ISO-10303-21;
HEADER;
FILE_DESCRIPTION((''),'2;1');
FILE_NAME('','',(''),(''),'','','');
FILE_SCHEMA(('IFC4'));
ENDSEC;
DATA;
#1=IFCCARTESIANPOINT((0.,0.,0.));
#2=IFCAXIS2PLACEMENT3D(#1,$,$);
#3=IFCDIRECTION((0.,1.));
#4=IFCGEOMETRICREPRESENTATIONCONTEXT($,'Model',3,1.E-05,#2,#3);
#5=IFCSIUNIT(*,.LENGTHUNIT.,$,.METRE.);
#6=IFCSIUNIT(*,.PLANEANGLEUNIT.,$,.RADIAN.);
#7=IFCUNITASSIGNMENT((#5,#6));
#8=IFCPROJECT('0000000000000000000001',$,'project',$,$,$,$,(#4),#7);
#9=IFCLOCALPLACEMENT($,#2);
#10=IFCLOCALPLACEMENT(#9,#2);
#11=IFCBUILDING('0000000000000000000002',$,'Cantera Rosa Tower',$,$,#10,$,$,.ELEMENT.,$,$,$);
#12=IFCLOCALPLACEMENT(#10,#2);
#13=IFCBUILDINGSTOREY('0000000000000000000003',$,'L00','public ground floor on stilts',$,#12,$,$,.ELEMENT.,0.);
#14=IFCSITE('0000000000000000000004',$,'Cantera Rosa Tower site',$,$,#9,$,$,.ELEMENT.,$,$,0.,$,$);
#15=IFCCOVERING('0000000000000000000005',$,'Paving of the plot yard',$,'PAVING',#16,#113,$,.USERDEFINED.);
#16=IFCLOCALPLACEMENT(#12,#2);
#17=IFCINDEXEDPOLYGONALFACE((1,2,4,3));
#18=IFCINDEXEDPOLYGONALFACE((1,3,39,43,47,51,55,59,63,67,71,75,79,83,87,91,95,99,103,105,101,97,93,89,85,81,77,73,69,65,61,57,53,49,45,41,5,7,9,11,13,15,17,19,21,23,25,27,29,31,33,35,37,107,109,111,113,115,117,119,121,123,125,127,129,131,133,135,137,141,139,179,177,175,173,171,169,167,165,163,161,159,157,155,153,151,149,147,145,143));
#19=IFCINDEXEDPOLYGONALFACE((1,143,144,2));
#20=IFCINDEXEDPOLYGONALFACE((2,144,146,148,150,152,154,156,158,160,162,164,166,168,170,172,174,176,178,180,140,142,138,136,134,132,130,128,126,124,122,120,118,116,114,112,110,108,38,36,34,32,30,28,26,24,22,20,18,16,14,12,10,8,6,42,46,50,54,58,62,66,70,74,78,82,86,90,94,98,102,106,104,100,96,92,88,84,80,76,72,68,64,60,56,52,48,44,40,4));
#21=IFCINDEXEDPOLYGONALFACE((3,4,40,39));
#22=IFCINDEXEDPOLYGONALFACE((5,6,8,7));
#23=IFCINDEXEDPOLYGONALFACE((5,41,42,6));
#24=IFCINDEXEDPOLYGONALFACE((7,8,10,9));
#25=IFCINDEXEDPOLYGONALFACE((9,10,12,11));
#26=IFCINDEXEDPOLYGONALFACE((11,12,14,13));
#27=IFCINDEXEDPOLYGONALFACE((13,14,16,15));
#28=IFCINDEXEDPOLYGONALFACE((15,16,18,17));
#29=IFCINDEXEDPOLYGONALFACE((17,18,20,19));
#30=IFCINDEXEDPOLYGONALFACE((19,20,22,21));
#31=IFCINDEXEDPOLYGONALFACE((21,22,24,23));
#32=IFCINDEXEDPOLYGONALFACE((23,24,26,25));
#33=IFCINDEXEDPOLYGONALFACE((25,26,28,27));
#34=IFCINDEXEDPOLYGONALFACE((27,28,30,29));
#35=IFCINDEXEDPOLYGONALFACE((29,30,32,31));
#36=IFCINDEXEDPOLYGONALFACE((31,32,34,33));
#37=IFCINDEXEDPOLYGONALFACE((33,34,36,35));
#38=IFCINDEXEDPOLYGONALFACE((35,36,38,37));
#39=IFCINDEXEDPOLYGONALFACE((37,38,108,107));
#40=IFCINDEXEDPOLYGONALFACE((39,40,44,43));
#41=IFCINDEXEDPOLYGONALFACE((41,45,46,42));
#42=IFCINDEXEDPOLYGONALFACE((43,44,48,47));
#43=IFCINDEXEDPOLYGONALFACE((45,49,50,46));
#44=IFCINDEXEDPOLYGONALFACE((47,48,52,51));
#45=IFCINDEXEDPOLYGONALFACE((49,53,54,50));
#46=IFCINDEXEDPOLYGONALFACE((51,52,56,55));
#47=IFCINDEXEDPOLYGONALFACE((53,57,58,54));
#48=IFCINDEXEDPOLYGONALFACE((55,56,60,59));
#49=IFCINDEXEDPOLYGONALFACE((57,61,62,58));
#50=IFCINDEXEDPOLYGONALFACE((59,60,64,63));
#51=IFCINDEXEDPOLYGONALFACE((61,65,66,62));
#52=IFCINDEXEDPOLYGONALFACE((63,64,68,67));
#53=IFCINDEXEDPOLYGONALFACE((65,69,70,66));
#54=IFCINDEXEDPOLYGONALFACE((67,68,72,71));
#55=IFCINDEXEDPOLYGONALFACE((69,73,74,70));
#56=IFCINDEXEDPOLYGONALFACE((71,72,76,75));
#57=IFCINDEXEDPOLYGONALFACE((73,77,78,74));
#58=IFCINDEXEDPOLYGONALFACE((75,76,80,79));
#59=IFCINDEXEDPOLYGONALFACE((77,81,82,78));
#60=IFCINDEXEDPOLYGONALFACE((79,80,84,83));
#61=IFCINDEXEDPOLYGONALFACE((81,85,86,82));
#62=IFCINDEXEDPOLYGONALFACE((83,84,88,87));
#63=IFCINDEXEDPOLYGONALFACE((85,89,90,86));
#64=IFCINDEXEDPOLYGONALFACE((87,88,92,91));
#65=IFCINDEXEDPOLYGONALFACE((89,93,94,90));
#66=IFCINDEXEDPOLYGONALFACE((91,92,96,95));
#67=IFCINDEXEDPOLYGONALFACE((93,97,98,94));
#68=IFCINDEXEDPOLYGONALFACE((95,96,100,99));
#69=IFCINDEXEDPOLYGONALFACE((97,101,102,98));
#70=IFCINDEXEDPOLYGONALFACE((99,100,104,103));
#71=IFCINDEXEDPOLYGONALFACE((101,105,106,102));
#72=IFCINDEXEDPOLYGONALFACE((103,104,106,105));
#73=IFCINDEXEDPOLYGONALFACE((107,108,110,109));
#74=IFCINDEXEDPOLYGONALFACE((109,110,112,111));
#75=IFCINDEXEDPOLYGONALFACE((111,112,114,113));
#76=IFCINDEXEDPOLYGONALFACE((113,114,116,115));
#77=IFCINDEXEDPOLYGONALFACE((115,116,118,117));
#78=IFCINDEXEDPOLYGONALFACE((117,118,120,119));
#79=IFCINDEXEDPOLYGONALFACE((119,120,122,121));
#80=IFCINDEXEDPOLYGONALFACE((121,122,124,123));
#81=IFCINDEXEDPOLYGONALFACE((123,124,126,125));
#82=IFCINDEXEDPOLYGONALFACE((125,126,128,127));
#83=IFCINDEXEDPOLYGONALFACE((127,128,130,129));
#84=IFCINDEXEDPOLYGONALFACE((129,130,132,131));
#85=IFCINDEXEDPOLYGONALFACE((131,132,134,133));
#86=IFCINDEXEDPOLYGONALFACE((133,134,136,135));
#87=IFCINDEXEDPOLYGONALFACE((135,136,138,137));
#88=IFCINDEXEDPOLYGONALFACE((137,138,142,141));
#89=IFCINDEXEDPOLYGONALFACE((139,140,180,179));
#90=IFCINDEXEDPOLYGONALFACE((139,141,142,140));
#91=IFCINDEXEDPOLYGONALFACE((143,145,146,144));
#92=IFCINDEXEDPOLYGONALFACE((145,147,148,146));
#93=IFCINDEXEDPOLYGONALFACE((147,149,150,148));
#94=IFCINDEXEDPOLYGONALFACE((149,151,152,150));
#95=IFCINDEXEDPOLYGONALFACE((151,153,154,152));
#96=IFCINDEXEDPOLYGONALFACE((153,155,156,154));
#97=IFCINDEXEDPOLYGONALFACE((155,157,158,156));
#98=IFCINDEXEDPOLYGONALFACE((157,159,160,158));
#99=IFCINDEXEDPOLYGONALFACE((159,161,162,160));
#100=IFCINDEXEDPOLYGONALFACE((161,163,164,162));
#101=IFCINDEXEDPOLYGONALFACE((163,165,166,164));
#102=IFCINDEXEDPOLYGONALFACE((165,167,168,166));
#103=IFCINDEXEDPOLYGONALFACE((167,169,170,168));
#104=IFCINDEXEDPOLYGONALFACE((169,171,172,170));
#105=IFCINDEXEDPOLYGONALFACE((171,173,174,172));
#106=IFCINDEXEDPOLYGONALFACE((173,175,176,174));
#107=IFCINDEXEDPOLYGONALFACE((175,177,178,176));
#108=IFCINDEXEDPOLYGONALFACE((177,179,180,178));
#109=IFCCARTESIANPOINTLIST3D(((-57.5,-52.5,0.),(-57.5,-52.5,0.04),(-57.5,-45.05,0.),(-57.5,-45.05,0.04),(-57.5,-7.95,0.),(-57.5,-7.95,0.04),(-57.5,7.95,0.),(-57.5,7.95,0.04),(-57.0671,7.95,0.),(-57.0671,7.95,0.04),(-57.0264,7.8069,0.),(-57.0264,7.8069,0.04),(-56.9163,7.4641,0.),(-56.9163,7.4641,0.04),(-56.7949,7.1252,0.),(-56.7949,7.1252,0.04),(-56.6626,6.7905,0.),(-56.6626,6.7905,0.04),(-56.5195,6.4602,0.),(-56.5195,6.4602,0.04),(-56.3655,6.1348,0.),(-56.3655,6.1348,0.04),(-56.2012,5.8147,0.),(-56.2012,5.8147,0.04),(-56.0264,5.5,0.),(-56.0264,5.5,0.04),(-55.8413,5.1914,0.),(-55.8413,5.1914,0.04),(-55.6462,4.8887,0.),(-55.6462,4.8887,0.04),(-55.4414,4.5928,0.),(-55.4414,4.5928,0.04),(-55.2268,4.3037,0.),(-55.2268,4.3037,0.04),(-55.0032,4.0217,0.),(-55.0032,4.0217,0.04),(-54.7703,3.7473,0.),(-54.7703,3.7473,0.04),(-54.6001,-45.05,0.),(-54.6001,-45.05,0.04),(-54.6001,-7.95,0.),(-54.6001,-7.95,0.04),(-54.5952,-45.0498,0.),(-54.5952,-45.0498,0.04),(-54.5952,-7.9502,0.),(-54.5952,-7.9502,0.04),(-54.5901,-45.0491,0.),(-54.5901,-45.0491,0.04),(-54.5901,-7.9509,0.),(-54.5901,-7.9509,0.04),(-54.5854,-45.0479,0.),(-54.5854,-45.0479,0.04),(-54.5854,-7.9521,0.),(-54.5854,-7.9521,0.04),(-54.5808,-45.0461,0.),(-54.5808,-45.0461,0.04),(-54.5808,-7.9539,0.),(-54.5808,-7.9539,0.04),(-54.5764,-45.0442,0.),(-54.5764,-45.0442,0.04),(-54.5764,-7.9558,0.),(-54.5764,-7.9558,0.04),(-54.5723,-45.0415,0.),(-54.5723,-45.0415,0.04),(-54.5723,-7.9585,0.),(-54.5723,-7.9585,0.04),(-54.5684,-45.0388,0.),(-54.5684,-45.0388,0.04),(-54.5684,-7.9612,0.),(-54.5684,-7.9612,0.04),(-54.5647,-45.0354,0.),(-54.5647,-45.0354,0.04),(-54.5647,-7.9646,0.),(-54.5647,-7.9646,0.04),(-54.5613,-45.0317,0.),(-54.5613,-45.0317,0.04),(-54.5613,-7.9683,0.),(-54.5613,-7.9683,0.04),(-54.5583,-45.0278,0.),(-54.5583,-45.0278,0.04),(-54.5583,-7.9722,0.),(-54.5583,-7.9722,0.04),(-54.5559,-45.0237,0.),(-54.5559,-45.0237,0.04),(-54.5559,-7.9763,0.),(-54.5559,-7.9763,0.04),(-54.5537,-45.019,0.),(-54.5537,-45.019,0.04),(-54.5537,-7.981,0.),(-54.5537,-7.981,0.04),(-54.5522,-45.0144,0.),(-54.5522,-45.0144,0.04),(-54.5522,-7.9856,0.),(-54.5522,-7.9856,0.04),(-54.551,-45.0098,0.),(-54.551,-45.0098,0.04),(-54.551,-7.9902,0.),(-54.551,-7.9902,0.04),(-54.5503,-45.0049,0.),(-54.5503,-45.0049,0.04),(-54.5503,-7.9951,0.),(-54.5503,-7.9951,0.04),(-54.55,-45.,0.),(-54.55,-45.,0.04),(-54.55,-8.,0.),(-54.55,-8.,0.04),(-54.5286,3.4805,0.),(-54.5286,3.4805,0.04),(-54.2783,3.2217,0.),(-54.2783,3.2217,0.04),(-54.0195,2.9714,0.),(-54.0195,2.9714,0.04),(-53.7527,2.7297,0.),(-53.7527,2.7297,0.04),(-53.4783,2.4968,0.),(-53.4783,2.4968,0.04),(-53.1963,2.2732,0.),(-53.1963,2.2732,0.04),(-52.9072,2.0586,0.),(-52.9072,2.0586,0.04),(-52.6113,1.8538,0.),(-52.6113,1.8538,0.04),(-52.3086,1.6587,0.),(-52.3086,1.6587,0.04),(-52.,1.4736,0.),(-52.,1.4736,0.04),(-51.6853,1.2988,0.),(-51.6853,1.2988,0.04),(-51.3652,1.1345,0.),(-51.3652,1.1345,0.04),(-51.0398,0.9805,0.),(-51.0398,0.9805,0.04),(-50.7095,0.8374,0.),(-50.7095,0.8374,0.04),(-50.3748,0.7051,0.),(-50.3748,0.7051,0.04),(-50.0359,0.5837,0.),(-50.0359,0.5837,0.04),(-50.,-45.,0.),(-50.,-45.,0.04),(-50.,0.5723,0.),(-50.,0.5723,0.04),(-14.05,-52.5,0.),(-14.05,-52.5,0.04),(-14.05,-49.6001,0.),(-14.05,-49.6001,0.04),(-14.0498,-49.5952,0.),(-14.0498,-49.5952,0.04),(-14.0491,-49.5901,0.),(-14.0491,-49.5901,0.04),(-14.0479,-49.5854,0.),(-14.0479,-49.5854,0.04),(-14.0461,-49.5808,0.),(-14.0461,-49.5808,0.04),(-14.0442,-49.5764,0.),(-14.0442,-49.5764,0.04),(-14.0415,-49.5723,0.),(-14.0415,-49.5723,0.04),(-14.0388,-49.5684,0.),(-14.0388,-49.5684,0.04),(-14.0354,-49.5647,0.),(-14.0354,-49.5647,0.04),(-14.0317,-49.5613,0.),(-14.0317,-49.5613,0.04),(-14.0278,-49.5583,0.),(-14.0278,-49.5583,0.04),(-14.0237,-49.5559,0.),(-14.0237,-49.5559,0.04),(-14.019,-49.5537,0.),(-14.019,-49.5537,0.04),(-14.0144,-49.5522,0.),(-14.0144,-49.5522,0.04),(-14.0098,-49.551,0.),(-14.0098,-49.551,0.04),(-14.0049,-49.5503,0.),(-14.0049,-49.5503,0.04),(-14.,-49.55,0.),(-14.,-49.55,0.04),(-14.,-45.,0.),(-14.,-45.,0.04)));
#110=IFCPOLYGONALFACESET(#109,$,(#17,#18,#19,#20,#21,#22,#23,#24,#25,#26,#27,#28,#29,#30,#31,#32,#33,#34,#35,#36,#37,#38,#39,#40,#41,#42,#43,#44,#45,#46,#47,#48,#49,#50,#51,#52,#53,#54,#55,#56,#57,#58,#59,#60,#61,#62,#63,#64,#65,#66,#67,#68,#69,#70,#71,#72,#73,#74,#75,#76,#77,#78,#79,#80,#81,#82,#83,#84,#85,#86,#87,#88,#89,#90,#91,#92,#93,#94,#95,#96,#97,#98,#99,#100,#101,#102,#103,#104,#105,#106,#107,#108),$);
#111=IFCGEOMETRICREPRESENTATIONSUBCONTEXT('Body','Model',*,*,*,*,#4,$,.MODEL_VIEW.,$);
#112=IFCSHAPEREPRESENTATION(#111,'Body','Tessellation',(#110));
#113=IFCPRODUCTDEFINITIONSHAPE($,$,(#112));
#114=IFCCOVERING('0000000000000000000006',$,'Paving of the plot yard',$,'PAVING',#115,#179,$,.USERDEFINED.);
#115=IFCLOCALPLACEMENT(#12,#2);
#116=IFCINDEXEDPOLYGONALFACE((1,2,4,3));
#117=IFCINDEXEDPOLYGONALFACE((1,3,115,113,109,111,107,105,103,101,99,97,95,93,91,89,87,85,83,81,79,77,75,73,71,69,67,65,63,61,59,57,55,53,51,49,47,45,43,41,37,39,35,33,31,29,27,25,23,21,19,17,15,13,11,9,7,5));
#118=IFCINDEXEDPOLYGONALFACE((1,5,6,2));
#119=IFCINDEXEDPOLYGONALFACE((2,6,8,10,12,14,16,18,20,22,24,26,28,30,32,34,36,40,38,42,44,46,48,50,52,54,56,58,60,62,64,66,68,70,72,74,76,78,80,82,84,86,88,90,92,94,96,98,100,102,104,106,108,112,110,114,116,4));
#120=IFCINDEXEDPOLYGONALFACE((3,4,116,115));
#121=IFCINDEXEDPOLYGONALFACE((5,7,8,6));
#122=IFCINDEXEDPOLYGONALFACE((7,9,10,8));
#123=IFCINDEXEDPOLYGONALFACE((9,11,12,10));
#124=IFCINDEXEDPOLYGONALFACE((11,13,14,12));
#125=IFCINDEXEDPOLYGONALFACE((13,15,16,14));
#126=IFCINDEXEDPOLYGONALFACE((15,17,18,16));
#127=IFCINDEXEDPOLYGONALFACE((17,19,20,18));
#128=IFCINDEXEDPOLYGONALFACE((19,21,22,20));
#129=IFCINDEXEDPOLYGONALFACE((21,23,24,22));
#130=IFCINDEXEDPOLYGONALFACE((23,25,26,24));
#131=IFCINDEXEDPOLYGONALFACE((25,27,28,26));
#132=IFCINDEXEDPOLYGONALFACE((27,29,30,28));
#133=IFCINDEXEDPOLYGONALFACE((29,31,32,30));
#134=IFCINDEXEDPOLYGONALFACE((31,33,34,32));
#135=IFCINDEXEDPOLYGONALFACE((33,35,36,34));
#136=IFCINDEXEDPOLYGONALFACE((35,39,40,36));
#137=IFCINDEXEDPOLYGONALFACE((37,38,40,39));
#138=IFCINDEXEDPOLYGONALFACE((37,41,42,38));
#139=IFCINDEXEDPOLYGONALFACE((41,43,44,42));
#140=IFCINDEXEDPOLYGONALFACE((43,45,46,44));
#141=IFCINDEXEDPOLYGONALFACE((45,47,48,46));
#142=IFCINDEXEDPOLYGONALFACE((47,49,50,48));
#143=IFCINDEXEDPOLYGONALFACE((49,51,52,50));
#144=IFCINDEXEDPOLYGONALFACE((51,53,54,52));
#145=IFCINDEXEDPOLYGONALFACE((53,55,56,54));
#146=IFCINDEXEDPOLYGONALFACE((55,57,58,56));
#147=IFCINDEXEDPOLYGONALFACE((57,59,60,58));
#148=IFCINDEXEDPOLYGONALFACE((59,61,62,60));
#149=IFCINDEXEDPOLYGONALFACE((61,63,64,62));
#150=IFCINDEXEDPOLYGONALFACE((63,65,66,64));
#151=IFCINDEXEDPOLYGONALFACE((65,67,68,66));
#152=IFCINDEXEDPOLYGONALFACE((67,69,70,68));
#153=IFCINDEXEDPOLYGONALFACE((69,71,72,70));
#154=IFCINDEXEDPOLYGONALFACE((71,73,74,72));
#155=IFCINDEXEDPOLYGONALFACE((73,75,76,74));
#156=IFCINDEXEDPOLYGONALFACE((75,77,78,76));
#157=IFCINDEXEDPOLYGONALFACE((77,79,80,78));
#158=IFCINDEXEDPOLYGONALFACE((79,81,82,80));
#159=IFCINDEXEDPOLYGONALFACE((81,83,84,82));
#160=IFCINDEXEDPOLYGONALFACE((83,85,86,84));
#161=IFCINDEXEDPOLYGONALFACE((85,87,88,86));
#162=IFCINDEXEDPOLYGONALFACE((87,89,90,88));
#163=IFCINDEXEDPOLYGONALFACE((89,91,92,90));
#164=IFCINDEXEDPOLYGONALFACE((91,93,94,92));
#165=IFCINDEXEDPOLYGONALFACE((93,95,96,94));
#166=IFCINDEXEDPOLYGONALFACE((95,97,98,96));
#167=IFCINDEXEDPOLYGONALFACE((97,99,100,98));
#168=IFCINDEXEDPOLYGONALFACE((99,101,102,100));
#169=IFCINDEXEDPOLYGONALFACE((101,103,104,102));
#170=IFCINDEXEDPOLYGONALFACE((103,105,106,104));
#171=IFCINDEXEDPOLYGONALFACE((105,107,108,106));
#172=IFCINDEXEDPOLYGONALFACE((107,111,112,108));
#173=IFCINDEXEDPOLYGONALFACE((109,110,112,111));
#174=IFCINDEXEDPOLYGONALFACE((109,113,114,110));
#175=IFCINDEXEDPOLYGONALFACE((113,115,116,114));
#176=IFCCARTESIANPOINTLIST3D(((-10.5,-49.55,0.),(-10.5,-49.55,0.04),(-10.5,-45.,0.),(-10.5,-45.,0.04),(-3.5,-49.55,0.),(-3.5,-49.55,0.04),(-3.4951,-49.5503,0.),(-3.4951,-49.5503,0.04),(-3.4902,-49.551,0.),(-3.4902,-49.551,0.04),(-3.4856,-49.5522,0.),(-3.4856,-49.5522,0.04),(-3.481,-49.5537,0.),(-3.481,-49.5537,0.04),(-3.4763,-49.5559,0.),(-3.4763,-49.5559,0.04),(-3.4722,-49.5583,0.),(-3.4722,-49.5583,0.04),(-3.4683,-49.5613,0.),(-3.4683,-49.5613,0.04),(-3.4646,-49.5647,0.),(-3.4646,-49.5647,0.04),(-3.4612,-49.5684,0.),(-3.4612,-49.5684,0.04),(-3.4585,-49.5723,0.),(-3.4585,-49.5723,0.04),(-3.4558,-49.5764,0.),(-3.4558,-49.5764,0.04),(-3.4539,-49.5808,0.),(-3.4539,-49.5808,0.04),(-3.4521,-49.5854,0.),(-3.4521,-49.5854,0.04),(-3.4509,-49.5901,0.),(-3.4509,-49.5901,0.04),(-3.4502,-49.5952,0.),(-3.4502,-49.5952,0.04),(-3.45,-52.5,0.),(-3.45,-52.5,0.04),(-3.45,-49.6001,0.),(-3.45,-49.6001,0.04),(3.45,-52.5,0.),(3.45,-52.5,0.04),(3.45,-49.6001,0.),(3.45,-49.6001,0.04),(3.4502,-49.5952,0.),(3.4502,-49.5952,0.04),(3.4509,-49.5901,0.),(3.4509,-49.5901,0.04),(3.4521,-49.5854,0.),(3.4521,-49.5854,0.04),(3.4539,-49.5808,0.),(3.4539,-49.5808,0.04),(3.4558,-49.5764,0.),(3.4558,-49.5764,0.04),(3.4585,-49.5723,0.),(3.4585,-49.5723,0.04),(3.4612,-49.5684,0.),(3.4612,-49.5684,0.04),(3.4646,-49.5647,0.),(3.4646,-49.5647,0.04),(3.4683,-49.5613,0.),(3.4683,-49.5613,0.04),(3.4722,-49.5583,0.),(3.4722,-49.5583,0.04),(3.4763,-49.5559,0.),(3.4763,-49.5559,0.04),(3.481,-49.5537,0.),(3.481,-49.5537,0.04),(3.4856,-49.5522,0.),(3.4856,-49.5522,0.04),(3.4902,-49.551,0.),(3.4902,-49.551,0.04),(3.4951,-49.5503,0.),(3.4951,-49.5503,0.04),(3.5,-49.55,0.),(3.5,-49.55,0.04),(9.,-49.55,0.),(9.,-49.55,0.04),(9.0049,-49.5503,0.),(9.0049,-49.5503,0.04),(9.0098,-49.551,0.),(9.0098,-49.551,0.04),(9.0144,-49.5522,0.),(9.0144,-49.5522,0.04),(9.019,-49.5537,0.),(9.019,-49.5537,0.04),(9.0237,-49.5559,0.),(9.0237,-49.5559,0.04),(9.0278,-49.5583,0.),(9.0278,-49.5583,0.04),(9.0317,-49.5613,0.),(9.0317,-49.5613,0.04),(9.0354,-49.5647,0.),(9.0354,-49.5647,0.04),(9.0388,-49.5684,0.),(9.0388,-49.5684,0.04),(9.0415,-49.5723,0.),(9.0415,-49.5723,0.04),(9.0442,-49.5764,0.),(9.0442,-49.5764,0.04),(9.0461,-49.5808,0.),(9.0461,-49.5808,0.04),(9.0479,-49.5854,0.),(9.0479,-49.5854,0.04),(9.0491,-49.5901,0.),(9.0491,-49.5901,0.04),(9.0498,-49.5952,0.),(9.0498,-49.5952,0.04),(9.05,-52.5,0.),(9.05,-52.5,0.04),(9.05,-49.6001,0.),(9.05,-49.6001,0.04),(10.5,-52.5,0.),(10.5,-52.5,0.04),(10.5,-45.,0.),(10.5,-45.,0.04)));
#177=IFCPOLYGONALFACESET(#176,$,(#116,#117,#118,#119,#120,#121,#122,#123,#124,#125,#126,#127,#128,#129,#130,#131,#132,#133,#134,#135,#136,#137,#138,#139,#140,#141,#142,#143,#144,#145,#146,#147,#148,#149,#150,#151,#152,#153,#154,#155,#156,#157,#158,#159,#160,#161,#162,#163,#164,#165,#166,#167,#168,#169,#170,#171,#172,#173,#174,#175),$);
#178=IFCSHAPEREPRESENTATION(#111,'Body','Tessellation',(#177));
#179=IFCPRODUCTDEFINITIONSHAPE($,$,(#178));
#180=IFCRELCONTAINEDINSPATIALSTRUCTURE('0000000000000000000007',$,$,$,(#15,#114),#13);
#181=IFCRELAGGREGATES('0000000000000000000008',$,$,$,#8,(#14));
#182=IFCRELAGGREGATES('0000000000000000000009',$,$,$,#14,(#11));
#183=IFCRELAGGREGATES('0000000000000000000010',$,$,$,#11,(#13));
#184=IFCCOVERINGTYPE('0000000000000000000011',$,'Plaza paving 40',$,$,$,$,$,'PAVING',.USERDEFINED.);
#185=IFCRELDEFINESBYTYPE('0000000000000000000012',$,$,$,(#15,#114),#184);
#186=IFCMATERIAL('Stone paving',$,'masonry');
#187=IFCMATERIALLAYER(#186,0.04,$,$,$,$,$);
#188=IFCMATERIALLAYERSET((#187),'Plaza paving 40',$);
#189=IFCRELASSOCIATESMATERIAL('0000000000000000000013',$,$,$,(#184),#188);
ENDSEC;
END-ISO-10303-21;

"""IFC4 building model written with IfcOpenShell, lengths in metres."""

from ifc_helpers import new_model, si_unit, direction, origin, place, context, subcontext, project, spatial, polyline, outline, extrude, material, layer, layer_set, type_object, element, save


model = new_model("IFC4")

# Units and contexts
model_context = context("Model", 3, precision=1e-05, world=origin(), true_north=direction((0.0, 1.0)))
body_context = subcontext(model_context, "Body", "Model", "MODEL_VIEW")
ifc_project = project(units=[si_unit("LENGTHUNIT", "METRE"), si_unit("PLANEANGLEUNIT", "RADIAN")], contexts=[model_context])

# Site, building, storey
site_placement = place(None, origin())
site = spatial("IfcSite", under=ifc_project, at=site_placement, Name="Cantera Rosa Tower site", CompositionType="ELEMENT", RefElevation=0.0)
building_placement = place(site_placement, origin())
building = spatial("IfcBuilding", under=site, at=building_placement, Name="Cantera Rosa Tower", CompositionType="ELEMENT")
storey_placement = place(building_placement, origin())
storey = spatial("IfcBuildingStorey", under=building, at=storey_placement, Name="L00", Description="public ground floor on stilts", CompositionType="ELEMENT", Elevation=0.0)

# Coverings
ifc_material_1 = material(Name="Stone paving", Category="masonry")
ifc_layer_1 = layer(ifc_material_1, 0.04)
ifc_layer_set_1 = layer_set([ifc_layer_1], Name="Plaza paving 40")
covering_type = type_object("IfcCoveringType", Name="Plaza paving 40", ElementType="PAVING", PredefinedType="USERDEFINED", material=ifc_layer_set_1)
covering_1_placement = place(storey_placement, origin())
element("IfcCovering", 1, at=covering_1_placement, inside=storey, type_object=covering_type, Name="Paving of the plot yard", ObjectType="PAVING", PredefinedType="USERDEFINED", context=body_context, shape_type="SweptSolid", body=[
    extrude(outline(polyline([(-50.0, -45.0), (-50.0, 0.5723), (-50.0359, 0.5837), (-50.3748, 0.7051), (-50.7095, 0.8374), (-51.0398, 0.9805), (-51.3652, 1.1345), (-51.6853, 1.2988), (-52.0, 1.4736), (-52.3086, 1.6587), (-52.6113, 1.8538), (-52.9072, 2.0586), (-53.1963, 2.2732), (-53.4783, 2.4968), (-53.7527, 2.7297), (-54.0195, 2.9714), (-54.2783, 3.2217), (-54.5286, 3.4805), (-54.7703, 3.7473), (-55.0032, 4.0217), (-55.2268, 4.3037), (-55.4414, 4.5928), (-55.6462, 4.8887), (-55.8413, 5.1914), (-56.0264, 5.5), (-56.2012, 5.8147), (-56.3655, 6.1348), (-56.5195, 6.4602), (-56.6626, 6.7905), (-56.7949, 7.1252), (-56.9163, 7.4641), (-57.0264, 7.8069), (-57.0671, 7.95), (-57.5, 7.95), (-57.5, -7.95), (-54.6001, -7.95), (-54.5952, -7.9502), (-54.5901, -7.9509), (-54.5854, -7.9521), (-54.5808, -7.9539), (-54.5764, -7.9558), (-54.5723, -7.9585), (-54.5684, -7.9612), (-54.5647, -7.9646), (-54.5613, -7.9683), (-54.5583, -7.9722), (-54.5559, -7.9763), (-54.5537, -7.981), (-54.5522, -7.9856), (-54.551, -7.9902), (-54.5503, -7.9951), (-54.55, -8.0), (-54.55, -45.0), (-54.5503, -45.0049), (-54.551, -45.0098), (-54.5522, -45.0144), (-54.5537, -45.019), (-54.5559, -45.0237), (-54.5583, -45.0278), (-54.5613, -45.0317), (-54.5647, -45.0354), (-54.5684, -45.0388), (-54.5723, -45.0415), (-54.5764, -45.0442), (-54.5808, -45.0461), (-54.5854, -45.0479), (-54.5901, -45.0491), (-54.5952, -45.0498), (-54.6001, -45.05), (-57.5, -45.05), (-57.5, -52.5), (-14.05, -52.5), (-14.05, -49.6001), (-14.0498, -49.5952), (-14.0491, -49.5901), (-14.0479, -49.5854), (-14.0461, -49.5808), (-14.0442, -49.5764), (-14.0415, -49.5723), (-14.0388, -49.5684), (-14.0354, -49.5647), (-14.0317, -49.5613), (-14.0278, -49.5583), (-14.0237, -49.5559), (-14.019, -49.5537), (-14.0144, -49.5522), (-14.0098, -49.551), (-14.0049, -49.5503), (-14.0, -49.55), (-14.0, -45.0), (-50.0, -45.0)])), origin(), (0.0, 0.0, 1.0), 0.04),
])
covering_2_placement = place(storey_placement, origin())
element("IfcCovering", 2, at=covering_2_placement, inside=storey, type_object=covering_type, Name="Paving of the plot yard", ObjectType="PAVING", PredefinedType="USERDEFINED", context=body_context, shape_type="SweptSolid", body=[
    extrude(outline(polyline([(10.5, -45.0), (-10.5, -45.0), (-10.5, -49.55), (-3.5, -49.55), (-3.4951, -49.5503), (-3.4902, -49.551), (-3.4856, -49.5522), (-3.481, -49.5537), (-3.4763, -49.5559), (-3.4722, -49.5583), (-3.4683, -49.5613), (-3.4646, -49.5647), (-3.4612, -49.5684), (-3.4585, -49.5723), (-3.4558, -49.5764), (-3.4539, -49.5808), (-3.4521, -49.5854), (-3.4509, -49.5901), (-3.4502, -49.5952), (-3.45, -49.6001), (-3.45, -52.5), (3.45, -52.5), (3.45, -49.6001), (3.4502, -49.5952), (3.4509, -49.5901), (3.4521, -49.5854), (3.4539, -49.5808), (3.4558, -49.5764), (3.4585, -49.5723), (3.4612, -49.5684), (3.4646, -49.5647), (3.4683, -49.5613), (3.4722, -49.5583), (3.4763, -49.5559), (3.481, -49.5537), (3.4856, -49.5522), (3.4902, -49.551), (3.4951, -49.5503), (3.5, -49.55), (9.0, -49.55), (9.0049, -49.5503), (9.0098, -49.551), (9.0144, -49.5522), (9.019, -49.5537), (9.0237, -49.5559), (9.0278, -49.5583), (9.0317, -49.5613), (9.0354, -49.5647), (9.0388, -49.5684), (9.0415, -49.5723), (9.0442, -49.5764), (9.0461, -49.5808), (9.0479, -49.5854), (9.0491, -49.5901), (9.0498, -49.5952), (9.05, -49.6001), (9.05, -52.5), (10.5, -52.5), (10.5, -45.0)])), origin(), (0.0, 0.0, 1.0), 0.04),
])

save(model, "model.ifc")
